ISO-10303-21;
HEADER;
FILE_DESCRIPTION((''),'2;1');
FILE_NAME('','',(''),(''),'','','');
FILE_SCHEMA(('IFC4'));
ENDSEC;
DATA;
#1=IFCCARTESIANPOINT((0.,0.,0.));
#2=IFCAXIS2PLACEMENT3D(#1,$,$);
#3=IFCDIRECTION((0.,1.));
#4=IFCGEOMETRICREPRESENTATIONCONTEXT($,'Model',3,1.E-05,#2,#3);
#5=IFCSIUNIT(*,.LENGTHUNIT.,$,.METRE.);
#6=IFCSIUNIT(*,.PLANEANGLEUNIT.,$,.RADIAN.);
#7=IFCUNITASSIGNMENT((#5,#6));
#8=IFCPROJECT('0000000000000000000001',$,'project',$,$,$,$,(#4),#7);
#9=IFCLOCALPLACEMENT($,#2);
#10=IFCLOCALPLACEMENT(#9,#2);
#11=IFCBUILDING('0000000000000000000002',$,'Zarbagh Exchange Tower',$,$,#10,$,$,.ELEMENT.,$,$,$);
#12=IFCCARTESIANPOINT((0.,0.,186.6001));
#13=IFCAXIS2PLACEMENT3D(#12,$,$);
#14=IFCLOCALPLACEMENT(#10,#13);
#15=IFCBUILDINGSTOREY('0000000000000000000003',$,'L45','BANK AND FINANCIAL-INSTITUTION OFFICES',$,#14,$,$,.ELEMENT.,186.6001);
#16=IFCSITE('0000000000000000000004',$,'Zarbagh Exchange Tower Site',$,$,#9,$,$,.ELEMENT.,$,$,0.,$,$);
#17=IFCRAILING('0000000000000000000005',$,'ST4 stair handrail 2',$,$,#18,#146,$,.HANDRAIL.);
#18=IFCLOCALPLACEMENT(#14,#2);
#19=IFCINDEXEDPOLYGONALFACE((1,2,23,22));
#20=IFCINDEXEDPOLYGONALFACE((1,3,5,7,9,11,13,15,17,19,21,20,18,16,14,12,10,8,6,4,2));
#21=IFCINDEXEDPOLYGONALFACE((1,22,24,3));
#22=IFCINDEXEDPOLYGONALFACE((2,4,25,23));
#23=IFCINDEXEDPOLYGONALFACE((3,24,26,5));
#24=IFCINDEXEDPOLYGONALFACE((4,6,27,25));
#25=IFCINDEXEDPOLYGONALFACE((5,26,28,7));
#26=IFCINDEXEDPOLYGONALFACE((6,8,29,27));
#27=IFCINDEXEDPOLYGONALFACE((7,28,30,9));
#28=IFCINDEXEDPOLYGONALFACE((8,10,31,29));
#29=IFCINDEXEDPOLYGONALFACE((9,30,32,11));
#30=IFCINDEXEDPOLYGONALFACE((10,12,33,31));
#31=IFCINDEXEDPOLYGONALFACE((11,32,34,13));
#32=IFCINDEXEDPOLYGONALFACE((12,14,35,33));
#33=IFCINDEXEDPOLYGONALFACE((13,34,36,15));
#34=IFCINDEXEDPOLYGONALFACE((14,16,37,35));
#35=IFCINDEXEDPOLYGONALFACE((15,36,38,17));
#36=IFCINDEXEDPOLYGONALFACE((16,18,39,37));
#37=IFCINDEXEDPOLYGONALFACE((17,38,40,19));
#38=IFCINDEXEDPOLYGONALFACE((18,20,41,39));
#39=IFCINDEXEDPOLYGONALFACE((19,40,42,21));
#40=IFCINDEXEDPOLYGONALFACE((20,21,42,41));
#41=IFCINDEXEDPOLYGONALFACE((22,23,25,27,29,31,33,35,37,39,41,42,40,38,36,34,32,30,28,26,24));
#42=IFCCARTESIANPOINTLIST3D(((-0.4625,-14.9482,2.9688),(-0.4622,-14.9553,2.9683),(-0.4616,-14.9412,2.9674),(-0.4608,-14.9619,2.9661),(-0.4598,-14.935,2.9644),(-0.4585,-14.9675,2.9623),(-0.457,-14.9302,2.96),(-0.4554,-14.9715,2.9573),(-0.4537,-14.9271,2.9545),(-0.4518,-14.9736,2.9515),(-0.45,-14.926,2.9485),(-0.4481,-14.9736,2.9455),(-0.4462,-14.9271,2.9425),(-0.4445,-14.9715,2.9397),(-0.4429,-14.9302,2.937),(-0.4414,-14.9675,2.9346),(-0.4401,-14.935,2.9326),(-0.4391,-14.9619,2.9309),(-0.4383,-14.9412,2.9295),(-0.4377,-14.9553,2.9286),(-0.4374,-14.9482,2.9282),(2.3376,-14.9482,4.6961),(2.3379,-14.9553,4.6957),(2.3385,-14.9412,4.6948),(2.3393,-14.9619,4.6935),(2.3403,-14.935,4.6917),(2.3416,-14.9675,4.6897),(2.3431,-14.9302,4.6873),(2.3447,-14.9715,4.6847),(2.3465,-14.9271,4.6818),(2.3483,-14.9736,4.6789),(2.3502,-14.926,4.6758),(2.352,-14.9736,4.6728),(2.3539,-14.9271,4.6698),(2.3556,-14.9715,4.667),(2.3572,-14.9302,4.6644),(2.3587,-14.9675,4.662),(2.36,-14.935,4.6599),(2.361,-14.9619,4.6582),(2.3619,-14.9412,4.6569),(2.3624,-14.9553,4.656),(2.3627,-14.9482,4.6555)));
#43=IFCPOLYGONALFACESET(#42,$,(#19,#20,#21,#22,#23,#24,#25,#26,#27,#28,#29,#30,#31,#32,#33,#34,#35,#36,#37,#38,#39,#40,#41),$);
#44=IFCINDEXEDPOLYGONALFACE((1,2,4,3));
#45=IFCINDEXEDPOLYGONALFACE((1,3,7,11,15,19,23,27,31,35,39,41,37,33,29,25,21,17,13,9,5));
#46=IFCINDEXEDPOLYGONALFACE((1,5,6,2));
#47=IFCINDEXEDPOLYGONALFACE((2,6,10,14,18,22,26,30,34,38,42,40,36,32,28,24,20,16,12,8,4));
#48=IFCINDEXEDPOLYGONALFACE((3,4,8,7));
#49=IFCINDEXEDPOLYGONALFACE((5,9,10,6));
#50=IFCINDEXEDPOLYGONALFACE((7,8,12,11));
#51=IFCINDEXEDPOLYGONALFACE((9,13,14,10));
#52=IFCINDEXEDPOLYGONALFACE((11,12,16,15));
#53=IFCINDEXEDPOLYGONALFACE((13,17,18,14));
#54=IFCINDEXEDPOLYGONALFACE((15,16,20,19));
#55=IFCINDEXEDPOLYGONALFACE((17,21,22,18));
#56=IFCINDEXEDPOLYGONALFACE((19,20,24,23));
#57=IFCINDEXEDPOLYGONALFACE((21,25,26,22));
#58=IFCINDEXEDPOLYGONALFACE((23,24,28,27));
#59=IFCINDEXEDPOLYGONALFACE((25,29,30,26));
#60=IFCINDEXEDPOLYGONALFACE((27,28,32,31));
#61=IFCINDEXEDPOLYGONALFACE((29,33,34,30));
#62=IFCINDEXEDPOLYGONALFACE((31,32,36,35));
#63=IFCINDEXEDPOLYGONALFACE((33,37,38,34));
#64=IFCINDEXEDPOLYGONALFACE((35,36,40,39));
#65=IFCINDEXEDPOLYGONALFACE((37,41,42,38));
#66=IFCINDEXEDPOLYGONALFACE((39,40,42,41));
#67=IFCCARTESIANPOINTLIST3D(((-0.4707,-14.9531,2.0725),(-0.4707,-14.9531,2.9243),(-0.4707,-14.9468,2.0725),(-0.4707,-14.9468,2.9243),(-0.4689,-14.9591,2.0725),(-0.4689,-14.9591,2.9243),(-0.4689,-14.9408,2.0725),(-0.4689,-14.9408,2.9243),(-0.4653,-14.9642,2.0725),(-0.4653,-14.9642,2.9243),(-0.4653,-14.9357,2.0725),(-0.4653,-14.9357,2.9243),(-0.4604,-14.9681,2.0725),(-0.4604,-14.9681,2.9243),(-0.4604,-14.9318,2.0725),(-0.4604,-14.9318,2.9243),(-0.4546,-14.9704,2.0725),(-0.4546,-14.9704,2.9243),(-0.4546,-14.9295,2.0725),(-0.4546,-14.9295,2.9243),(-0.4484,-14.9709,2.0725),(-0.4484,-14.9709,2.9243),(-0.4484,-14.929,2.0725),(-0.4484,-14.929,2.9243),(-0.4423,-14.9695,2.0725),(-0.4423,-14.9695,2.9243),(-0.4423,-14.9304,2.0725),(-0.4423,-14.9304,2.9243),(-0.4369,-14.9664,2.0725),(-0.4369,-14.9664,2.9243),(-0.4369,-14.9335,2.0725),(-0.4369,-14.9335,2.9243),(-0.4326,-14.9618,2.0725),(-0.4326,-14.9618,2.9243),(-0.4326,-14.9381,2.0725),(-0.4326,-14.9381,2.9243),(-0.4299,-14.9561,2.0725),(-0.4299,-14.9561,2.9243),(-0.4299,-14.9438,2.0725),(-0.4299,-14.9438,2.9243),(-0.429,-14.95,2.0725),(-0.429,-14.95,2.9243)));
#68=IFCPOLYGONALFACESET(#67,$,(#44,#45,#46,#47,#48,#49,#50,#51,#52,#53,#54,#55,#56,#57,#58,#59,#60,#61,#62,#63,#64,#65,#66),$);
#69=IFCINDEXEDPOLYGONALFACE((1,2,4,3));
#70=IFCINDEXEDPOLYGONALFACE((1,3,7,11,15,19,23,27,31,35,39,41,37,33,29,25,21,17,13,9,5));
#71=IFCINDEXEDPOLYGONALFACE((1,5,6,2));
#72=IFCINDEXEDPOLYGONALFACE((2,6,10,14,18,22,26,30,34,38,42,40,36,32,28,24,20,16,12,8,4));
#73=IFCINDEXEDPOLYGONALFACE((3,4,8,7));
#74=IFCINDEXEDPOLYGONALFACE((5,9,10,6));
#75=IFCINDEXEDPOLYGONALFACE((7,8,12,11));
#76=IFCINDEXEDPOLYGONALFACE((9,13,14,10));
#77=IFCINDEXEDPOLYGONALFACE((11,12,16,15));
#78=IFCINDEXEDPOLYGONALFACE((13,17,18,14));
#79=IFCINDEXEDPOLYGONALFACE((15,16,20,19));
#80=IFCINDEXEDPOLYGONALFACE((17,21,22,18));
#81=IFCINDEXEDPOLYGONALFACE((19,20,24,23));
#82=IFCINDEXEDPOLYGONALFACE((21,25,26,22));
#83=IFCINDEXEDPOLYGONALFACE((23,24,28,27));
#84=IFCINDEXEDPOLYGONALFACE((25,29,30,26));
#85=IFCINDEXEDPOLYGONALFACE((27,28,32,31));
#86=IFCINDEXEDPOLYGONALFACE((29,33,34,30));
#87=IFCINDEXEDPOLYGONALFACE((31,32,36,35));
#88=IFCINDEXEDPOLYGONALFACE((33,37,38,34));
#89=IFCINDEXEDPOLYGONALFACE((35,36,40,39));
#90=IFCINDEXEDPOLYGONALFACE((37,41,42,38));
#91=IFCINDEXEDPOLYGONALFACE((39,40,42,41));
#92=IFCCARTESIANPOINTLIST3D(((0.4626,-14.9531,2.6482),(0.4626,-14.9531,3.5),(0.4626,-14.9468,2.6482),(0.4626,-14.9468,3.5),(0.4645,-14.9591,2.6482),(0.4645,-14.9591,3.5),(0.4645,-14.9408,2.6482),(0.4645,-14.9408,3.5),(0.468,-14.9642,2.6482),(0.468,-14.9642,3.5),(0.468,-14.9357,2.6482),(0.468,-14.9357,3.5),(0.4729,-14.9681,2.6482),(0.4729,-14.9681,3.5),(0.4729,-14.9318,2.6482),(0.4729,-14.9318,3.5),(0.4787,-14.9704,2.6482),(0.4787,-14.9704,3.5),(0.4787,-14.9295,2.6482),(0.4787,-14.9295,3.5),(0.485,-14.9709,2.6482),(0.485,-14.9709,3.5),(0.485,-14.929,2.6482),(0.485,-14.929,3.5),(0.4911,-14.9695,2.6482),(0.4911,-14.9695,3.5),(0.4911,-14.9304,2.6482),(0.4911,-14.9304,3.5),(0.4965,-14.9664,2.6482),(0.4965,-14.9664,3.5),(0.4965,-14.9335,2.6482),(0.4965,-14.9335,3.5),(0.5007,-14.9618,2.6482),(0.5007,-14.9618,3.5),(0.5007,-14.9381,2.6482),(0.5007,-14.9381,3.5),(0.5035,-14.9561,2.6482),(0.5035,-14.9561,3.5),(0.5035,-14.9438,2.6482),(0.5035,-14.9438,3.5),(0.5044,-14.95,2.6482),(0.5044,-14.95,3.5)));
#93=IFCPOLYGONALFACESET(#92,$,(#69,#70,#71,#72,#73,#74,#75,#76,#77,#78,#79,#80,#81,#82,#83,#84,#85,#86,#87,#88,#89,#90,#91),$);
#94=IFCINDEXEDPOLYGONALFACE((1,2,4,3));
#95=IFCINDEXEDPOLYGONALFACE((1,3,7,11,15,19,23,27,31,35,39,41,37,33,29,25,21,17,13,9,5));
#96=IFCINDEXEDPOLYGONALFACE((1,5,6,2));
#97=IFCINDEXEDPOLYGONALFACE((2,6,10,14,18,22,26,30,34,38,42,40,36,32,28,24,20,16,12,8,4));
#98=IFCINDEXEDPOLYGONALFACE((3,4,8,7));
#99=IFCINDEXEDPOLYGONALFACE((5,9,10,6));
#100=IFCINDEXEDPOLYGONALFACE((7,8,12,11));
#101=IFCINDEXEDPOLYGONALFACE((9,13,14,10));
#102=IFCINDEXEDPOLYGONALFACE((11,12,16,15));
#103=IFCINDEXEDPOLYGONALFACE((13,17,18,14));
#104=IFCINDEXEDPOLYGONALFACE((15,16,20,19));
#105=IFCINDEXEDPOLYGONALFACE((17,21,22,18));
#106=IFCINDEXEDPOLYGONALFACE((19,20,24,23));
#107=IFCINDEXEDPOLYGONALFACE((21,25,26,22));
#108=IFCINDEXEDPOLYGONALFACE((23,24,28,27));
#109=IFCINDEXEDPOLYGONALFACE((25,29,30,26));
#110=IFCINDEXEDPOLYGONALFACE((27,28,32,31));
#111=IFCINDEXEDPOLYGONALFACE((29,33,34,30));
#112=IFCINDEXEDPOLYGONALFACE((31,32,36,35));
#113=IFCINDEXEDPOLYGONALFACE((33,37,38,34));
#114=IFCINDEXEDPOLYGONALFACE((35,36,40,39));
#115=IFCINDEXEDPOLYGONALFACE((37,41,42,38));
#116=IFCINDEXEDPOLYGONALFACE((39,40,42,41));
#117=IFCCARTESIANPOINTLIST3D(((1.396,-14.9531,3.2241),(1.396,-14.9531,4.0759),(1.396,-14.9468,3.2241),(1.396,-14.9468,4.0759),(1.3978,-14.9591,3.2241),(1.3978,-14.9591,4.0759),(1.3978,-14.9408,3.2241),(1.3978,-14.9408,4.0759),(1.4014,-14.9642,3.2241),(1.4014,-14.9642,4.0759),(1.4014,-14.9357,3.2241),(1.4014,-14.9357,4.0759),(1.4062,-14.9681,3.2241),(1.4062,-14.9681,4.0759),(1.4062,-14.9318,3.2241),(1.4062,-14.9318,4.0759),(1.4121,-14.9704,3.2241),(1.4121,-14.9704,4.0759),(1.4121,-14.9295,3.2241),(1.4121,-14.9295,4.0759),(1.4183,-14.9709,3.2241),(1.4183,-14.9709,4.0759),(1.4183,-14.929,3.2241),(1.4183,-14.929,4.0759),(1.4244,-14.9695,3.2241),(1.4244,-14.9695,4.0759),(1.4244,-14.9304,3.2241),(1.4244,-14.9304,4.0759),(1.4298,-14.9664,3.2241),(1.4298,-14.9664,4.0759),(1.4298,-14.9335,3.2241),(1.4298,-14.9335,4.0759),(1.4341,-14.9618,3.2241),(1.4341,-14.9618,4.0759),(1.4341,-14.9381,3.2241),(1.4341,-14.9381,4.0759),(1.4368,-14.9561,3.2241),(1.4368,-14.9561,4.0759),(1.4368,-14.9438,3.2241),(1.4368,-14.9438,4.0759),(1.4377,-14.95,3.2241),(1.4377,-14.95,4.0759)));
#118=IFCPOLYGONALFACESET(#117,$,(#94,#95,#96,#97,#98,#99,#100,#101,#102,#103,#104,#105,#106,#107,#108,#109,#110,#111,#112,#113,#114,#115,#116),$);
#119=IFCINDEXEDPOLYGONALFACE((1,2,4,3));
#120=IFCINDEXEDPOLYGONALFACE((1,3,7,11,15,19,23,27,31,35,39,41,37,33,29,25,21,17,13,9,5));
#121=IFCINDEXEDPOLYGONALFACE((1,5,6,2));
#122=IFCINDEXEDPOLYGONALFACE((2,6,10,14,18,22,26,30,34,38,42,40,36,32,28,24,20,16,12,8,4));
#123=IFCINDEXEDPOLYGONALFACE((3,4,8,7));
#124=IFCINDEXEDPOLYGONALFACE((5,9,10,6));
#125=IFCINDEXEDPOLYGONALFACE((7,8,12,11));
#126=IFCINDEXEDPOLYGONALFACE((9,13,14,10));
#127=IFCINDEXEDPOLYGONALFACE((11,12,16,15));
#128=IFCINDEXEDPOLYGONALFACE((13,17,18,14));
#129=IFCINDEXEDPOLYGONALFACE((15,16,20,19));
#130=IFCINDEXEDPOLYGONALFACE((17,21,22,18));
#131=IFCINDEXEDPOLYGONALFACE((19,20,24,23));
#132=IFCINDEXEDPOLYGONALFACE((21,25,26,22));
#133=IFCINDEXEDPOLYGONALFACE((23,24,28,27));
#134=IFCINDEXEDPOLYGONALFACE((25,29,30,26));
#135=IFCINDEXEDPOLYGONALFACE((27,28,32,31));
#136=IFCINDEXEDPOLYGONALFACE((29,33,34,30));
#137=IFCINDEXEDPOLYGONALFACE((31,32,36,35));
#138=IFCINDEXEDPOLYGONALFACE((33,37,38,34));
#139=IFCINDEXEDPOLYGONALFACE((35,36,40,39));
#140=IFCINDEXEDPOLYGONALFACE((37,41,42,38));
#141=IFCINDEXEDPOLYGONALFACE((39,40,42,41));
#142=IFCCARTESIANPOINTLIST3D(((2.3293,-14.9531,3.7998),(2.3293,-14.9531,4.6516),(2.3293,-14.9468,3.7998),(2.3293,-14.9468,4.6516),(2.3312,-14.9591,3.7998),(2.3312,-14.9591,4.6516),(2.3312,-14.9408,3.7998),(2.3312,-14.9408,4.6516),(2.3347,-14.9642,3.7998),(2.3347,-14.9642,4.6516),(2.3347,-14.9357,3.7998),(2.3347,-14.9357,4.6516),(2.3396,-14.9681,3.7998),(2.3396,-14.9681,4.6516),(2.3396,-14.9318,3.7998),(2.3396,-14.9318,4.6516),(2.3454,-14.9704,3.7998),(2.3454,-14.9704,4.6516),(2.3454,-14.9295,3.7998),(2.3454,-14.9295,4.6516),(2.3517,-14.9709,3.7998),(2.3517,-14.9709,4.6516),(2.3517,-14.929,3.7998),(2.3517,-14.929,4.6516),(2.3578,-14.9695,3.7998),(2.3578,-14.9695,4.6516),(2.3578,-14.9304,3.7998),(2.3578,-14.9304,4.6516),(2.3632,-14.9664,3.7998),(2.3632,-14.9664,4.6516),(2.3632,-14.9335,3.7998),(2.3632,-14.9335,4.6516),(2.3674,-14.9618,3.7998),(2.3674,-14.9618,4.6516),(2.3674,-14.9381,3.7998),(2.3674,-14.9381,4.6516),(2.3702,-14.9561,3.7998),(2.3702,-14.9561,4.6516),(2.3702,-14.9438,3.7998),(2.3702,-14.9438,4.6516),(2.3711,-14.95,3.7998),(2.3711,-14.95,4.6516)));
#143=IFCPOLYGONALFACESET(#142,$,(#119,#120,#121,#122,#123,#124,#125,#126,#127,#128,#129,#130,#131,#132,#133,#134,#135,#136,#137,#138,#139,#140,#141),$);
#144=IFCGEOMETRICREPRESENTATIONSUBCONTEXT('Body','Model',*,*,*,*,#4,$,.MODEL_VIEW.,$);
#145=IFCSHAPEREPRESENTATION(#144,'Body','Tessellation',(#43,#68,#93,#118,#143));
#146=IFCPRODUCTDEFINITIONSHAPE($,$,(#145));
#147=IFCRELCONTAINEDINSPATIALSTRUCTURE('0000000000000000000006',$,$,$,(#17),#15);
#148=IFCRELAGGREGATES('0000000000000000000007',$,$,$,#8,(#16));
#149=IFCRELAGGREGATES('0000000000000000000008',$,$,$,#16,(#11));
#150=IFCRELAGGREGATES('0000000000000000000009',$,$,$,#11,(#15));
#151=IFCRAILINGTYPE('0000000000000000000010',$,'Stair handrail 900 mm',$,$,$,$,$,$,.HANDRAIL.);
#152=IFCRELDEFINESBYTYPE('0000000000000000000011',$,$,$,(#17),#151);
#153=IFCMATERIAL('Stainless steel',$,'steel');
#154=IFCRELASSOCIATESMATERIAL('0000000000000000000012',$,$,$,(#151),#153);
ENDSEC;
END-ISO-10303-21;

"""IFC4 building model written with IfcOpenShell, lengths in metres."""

from ifc_helpers import new_model, si_unit, direction, frame, origin, origin_2d, place, context, subcontext, project, spatial, circle, extrude, material, type_object, element, save


model = new_model("IFC4")

# Units and contexts
model_context = context("Model", 3, precision=1e-05, world=origin(), true_north=direction((0.0, 1.0)))
body_context = subcontext(model_context, "Body", "Model", "MODEL_VIEW")
ifc_project = project(units=[si_unit("LENGTHUNIT", "METRE"), si_unit("PLANEANGLEUNIT", "RADIAN")], contexts=[model_context])

# Site, building, storey
site_placement = place(None, origin())
site = spatial("IfcSite", under=ifc_project, at=site_placement, Name="Zarbagh Exchange Tower Site", CompositionType="ELEMENT", RefElevation=0.0)
building_placement = place(site_placement, origin())
building = spatial("IfcBuilding", under=site, at=building_placement, Name="Zarbagh Exchange Tower", CompositionType="ELEMENT")
storey_placement = place(building_placement, frame((0.0, 0.0, 186.6001)))
storey = spatial("IfcBuildingStorey", under=building, at=storey_placement, Name="L45", Description="BANK AND FINANCIAL-INSTITUTION OFFICES", CompositionType="ELEMENT", Elevation=186.6001)

# Shared definitions
ifc_material_1 = material(Name="Stainless steel", Category="steel")

# Railing
railing_type_1 = type_object("IfcRailingType", Name="Stair handrail 900 mm", PredefinedType="HANDRAIL", material=ifc_material_1)
railing_1_placement = place(storey_placement, frame((-0.45, -14.95, 2.0725)))
element("IfcRailing", 1, at=railing_1_placement, inside=storey, type_object=railing_type_1, Name="ST4 stair handrail 2", PredefinedType="HANDRAIL", context=body_context, shape_type="SweptSolid", body=[
    extrude(circle(Radius=0.0239, at=origin_2d()), frame((0.0, 0.0, 0.876), z_axis=(0.85109, 0.0, 0.52502), x_axis=(0.0, 1.0, 0.0)), (0.0, 0.0, 1.0), 3.29),
    extrude(circle(Radius=0.021, at=origin_2d()), origin(), (0.0, 0.0, 1.0), 0.8518),
    extrude(circle(Radius=0.021, at=origin_2d()), frame((0.9333, 0.0, 0.5757)), (0.0, 0.0, 1.0), 0.8518),
    extrude(circle(Radius=0.021, at=origin_2d()), frame((1.8667, 0.0, 1.1516)), (0.0, 0.0, 1.0), 0.8518),
    extrude(circle(Radius=0.021, at=origin_2d()), frame((2.8, 0.0, 1.7273)), (0.0, 0.0, 1.0), 0.8518),
])

save(model, "model.ifc")
